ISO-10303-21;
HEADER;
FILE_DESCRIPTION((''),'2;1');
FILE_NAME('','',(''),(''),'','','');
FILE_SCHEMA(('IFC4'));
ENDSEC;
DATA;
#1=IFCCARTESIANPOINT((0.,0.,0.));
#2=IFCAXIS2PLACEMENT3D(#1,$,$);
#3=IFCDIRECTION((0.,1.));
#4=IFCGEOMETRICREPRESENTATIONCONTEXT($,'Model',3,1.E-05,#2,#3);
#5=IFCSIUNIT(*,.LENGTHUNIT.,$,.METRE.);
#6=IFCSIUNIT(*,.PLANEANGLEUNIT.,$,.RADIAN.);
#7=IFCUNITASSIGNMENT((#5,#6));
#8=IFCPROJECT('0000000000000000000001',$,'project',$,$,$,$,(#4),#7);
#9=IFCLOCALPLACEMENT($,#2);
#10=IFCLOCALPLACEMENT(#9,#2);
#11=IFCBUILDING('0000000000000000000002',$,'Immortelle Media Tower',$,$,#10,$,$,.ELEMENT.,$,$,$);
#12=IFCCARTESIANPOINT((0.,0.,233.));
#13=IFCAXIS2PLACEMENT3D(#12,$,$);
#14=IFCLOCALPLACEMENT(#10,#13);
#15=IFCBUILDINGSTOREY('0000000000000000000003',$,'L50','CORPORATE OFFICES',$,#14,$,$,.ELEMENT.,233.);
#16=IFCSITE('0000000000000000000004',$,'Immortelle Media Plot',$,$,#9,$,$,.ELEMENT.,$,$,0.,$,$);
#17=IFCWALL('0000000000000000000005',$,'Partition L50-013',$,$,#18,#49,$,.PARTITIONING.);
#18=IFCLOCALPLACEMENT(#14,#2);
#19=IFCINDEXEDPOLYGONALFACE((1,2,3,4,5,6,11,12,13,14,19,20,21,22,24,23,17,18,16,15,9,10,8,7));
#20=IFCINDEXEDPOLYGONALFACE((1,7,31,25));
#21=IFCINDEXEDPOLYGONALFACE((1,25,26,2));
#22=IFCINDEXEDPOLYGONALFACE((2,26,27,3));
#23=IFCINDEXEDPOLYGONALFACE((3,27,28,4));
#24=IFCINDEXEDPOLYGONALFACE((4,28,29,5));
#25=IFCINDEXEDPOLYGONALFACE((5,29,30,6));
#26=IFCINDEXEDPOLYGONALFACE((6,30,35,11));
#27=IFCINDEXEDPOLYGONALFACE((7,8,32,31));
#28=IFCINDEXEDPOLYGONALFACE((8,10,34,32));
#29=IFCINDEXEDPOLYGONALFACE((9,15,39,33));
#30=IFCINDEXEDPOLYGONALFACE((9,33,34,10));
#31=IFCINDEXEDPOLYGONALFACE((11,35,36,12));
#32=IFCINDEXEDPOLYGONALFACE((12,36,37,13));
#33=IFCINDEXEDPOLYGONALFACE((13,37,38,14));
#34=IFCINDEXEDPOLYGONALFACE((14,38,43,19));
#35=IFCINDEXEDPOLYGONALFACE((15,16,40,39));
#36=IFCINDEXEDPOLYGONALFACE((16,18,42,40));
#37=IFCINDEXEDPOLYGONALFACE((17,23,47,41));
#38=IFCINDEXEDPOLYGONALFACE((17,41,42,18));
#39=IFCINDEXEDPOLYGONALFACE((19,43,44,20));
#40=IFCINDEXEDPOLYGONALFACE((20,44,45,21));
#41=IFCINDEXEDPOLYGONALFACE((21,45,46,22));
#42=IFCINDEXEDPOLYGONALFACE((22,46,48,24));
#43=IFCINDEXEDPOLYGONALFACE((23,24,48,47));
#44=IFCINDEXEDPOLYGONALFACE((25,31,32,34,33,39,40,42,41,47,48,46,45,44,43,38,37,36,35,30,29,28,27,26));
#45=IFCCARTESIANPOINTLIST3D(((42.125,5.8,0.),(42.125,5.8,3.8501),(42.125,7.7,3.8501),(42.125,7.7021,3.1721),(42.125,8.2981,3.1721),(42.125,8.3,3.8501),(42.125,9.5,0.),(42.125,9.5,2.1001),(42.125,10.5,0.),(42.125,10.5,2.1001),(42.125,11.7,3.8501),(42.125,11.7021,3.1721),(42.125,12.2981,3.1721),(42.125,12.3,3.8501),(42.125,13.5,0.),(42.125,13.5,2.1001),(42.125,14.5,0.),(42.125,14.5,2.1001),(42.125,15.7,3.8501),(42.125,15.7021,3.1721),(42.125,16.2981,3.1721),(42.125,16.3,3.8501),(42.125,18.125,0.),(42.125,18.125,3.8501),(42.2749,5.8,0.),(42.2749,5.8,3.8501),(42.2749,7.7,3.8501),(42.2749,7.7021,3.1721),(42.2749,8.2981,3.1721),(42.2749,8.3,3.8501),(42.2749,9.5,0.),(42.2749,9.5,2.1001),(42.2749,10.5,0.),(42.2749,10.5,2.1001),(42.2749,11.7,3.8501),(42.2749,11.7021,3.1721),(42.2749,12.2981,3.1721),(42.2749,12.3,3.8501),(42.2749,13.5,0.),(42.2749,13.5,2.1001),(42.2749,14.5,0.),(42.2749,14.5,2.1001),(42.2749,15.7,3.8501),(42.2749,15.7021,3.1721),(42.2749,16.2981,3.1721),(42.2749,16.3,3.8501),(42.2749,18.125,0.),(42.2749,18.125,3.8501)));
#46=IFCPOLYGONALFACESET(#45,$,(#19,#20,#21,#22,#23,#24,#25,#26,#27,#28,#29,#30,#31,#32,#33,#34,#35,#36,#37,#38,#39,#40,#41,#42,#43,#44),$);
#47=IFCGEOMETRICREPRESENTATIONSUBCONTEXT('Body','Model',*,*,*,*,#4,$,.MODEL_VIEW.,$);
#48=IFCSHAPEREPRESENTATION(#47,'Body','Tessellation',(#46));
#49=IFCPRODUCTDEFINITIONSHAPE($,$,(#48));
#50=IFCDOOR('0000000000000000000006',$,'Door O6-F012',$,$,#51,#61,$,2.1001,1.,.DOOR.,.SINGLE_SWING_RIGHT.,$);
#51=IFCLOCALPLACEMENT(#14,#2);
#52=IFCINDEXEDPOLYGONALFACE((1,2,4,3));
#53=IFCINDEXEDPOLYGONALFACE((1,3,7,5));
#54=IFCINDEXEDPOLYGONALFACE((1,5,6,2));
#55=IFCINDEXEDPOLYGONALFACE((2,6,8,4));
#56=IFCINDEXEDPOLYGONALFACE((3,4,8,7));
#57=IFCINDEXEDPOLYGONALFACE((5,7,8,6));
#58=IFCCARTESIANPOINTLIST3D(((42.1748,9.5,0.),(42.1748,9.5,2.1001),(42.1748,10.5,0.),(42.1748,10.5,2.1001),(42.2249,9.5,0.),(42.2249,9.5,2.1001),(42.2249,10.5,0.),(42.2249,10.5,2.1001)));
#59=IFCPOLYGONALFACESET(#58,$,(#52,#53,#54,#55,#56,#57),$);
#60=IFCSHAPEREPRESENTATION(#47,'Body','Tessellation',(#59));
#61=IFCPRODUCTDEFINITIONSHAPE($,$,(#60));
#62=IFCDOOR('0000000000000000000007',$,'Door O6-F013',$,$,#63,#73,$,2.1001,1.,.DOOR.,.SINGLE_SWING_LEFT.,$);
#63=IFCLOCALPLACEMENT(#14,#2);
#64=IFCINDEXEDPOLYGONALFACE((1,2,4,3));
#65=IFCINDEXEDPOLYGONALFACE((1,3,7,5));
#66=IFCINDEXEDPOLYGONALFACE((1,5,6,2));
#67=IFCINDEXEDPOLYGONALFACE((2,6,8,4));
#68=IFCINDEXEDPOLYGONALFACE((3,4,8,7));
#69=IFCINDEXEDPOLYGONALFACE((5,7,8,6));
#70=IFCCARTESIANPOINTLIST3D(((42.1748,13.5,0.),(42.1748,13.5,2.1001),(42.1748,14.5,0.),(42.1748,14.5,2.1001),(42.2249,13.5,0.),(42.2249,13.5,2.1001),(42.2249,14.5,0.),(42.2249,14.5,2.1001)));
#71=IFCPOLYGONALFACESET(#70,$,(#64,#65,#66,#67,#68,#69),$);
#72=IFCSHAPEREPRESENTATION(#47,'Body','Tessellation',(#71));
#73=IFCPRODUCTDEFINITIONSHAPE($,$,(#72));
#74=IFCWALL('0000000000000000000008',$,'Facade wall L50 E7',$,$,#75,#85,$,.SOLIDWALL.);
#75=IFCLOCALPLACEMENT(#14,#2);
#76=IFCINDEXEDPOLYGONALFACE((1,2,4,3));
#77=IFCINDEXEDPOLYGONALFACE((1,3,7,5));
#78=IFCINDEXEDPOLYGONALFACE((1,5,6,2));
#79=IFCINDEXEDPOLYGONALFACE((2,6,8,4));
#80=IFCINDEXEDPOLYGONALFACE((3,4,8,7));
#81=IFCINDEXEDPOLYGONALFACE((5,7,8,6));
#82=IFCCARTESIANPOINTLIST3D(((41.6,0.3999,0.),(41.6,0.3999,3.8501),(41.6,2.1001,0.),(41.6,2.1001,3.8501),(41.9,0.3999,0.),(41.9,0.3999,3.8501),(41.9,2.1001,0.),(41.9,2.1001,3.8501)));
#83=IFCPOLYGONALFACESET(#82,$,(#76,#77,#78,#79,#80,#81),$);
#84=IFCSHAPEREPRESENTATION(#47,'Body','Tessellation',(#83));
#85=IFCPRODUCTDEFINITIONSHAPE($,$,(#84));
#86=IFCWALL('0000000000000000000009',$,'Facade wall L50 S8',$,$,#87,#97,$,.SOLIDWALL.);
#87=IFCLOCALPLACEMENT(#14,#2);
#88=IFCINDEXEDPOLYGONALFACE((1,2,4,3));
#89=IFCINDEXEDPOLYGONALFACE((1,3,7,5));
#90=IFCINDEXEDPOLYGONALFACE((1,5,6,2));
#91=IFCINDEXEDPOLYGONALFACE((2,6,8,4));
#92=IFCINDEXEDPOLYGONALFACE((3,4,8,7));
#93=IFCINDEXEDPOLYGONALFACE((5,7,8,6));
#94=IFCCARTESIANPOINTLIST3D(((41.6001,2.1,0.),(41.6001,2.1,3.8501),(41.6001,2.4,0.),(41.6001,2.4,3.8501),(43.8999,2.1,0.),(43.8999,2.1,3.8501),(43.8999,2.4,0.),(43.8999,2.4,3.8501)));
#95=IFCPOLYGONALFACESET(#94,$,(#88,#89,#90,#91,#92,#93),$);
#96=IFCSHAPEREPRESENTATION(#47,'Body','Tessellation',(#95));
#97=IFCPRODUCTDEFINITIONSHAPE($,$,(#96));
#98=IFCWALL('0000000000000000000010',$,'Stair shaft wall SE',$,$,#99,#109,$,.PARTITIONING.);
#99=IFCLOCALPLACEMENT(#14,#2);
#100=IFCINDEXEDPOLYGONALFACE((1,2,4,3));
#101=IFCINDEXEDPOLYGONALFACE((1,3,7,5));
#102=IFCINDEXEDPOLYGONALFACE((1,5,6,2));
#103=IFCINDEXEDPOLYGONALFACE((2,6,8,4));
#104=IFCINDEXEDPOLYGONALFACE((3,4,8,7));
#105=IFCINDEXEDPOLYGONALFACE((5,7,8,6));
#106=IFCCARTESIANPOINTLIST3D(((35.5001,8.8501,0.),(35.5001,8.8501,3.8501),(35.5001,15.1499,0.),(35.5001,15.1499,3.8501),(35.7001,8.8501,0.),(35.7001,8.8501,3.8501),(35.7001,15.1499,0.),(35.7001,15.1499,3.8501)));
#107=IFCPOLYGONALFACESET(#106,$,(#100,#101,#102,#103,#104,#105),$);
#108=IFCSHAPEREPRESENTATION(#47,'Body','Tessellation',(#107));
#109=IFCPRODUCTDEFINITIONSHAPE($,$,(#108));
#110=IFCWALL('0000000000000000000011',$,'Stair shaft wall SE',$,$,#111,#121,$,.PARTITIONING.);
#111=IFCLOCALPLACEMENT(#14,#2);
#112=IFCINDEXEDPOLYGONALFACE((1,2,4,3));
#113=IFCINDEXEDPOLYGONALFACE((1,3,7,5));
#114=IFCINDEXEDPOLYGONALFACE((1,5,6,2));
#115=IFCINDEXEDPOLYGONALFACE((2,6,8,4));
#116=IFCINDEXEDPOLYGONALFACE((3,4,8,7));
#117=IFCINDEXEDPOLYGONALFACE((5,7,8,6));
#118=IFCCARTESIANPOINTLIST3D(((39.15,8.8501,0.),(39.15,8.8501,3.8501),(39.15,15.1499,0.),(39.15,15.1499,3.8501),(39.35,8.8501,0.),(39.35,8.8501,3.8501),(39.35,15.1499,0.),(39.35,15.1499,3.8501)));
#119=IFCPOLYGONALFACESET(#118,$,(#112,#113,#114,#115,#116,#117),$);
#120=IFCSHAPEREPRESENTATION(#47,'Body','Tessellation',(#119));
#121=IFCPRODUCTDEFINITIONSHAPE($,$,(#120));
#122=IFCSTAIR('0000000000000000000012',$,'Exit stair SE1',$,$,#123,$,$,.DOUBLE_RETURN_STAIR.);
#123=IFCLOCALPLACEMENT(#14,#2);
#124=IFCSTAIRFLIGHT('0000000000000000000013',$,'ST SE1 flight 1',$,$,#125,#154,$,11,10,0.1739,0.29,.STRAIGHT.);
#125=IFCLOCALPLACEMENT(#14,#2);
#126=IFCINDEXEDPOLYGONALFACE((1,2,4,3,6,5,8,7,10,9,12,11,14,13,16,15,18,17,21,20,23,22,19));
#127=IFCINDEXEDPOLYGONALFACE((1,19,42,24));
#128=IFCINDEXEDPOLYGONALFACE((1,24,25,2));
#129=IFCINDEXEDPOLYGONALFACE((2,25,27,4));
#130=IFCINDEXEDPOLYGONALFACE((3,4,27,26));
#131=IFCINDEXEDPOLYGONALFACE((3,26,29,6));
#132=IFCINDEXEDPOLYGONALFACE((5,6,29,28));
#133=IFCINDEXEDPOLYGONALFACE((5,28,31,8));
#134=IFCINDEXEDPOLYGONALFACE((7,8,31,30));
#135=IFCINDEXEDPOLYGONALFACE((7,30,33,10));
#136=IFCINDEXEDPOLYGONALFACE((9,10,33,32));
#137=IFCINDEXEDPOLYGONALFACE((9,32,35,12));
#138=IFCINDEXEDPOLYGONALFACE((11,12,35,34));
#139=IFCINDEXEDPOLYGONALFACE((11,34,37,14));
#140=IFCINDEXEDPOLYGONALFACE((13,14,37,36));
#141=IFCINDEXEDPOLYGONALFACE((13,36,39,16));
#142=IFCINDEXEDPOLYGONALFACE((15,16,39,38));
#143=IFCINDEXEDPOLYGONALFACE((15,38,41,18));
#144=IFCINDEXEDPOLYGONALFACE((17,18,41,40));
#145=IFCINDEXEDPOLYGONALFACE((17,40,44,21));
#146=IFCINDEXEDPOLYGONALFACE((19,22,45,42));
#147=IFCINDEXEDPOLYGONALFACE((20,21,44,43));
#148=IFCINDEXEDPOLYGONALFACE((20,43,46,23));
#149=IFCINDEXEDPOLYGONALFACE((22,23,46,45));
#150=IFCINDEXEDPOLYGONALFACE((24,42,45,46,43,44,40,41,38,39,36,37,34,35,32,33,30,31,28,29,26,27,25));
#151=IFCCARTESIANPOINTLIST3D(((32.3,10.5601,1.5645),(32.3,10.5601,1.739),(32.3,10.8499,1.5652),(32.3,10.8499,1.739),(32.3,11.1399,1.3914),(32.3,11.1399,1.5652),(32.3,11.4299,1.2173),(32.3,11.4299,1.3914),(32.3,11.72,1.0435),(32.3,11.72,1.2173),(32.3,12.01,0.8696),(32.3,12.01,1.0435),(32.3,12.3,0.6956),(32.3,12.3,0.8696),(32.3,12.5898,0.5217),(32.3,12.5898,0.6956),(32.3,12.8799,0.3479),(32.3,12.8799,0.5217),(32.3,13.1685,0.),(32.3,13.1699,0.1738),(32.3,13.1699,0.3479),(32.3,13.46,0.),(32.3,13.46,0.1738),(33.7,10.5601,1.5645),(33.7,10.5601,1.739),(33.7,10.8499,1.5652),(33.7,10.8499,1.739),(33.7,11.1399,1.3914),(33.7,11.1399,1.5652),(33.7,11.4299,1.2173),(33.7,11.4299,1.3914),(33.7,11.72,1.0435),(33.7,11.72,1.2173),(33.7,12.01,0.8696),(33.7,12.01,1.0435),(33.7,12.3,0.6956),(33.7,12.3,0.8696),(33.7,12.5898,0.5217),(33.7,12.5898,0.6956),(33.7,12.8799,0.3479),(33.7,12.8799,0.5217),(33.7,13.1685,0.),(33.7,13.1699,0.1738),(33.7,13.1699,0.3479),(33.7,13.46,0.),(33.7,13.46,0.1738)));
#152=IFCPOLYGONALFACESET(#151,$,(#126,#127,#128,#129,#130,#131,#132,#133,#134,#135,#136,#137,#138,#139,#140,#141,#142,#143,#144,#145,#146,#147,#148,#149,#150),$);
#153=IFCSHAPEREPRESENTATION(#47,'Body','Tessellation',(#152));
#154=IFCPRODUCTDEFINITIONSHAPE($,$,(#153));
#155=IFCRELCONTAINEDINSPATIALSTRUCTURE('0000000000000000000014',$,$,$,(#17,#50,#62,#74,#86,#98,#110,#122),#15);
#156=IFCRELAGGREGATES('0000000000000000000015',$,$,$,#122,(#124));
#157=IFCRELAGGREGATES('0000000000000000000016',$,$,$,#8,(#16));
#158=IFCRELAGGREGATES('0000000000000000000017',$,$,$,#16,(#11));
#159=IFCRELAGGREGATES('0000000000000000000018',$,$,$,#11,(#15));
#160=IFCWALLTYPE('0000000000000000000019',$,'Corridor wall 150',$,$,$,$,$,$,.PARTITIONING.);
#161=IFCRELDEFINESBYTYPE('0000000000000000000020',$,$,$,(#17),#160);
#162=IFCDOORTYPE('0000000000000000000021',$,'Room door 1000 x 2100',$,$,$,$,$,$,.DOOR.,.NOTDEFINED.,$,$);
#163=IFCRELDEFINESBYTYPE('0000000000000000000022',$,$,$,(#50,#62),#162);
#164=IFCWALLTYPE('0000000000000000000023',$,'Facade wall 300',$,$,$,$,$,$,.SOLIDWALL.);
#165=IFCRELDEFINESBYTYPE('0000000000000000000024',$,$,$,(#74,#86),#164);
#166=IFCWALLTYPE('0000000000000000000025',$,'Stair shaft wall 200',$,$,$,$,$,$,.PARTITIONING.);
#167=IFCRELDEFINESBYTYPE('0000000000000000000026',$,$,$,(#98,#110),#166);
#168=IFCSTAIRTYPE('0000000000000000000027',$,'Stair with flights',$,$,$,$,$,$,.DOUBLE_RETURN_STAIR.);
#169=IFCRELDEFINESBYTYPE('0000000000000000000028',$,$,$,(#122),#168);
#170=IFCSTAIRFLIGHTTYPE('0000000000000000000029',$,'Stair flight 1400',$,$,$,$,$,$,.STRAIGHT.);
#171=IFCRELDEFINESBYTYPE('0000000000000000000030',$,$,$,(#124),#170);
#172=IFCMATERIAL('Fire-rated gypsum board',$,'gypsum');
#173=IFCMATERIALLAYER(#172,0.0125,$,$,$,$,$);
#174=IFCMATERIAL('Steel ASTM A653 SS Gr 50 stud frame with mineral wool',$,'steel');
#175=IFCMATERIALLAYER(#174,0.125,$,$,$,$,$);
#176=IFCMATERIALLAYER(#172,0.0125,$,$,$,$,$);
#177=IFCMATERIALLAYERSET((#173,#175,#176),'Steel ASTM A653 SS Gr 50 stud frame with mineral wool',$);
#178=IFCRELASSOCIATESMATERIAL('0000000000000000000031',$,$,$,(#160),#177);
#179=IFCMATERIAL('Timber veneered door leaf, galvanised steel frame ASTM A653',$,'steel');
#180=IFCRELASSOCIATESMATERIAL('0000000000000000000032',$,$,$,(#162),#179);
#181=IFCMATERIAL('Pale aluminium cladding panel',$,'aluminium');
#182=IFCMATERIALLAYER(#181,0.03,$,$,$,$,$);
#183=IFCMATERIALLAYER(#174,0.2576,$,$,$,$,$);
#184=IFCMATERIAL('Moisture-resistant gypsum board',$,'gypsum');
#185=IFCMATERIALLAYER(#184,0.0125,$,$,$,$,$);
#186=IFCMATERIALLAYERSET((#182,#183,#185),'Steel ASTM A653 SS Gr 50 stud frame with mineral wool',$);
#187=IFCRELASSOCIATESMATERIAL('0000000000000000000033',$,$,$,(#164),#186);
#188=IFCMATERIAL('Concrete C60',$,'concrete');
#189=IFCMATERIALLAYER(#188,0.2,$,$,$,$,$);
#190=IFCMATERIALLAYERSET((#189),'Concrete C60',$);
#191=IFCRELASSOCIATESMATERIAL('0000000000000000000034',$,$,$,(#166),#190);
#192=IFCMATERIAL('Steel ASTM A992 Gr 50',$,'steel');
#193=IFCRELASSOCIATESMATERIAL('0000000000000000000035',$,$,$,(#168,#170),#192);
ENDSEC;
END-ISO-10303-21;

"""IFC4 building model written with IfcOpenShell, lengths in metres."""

from ifc_helpers import new_model, si_unit, direction, frame, frame_2d, origin, place, context, subcontext, project, spatial, polyline, rectangle, outline, extrude, material, layer, layer_set, type_object, element, fill, aggregate, save


model = new_model("IFC4")

# Units and contexts
model_context = context("Model", 3, precision=1e-05, world=origin(), true_north=direction((0.0, 1.0)))
body_context = subcontext(model_context, "Body", "Model", "MODEL_VIEW")
ifc_project = project(units=[si_unit("LENGTHUNIT", "METRE"), si_unit("PLANEANGLEUNIT", "RADIAN")], contexts=[model_context])

# Site, building, storey
site_placement = place(None, origin())
site = spatial("IfcSite", under=ifc_project, at=site_placement, Name="Immortelle Media Plot", CompositionType="ELEMENT", RefElevation=0.0)
building_placement = place(site_placement, origin())
building = spatial("IfcBuilding", under=site, at=building_placement, Name="Immortelle Media Tower", CompositionType="ELEMENT")
storey_placement = place(building_placement, frame((0.0, 0.0, 233.0)))
storey = spatial("IfcBuildingStorey", under=building, at=storey_placement, Name="L50", Description="CORPORATE OFFICES", CompositionType="ELEMENT", Elevation=233.0)

# Shared definitions
ifc_material_1 = material(Name="Steel ASTM A992 Gr 50", Category="steel")

# Wall, openings, doors
ifc_material_2 = material(Name="Fire-rated gypsum board", Category="gypsum")
ifc_layer_1 = layer(ifc_material_2, 0.0125)
ifc_material_3 = material(Name="Steel ASTM A653 SS Gr 50 stud frame with mineral wool", Category="steel")
ifc_layer_2 = layer(ifc_material_3, 0.125)
ifc_layer_3 = layer(ifc_material_2, 0.0125)
ifc_layer_set_1 = layer_set([ifc_layer_1, ifc_layer_2, ifc_layer_3], Name="Steel ASTM A653 SS Gr 50 stud frame with mineral wool")
wall_type_1 = type_object("IfcWallType", Name="Corridor wall 150", PredefinedType="PARTITIONING", material=ifc_layer_set_1)
wall_1_placement = place(storey_placement, frame((42.2, 5.8, 0.0), z_axis=(0.0, 0.0, 1.0), x_axis=(0.0, 1.0, 0.0)))
wall_1 = element("IfcWall", 1, at=wall_1_placement, inside=storey, type_object=wall_type_1, Name="Partition L50-013", PredefinedType="PARTITIONING", context=body_context, shape_type="SweptSolid", body=[
    extrude(outline(polyline([(0.0, 0.0), (12.325, 0.0), (12.325, 3.8501), (10.5, 3.8501), (10.498, 3.1721), (9.9021, 3.1721), (9.8999, 3.8501), (6.5, 3.8501), (6.498, 3.1721), (5.9021, 3.1721), (5.8999, 3.8501), (2.5, 3.8501), (2.498, 3.1721), (1.9021, 3.1721), (1.8999, 3.8501), (0.0, 3.8501), (0.0, 0.0)])), frame((0.0, 0.075, 0.0), z_axis=(0.0, -1.0, 0.0), x_axis=(1.0, 0.0, 0.0)), (0.0, 0.0, 1.0), 0.1499),
])
opening_1_placement = place(wall_1_placement, frame((4.7, 0.0, 0.0), z_axis=(0.0, 0.0, 1.0), x_axis=(-1.0, 0.0, 0.0)))
opening_1 = element("IfcOpeningElement", 2, at=opening_1_placement, cuts=wall_1, PredefinedType="OPENING", context=body_context, shape_type="SweptSolid", body=[
    extrude(rectangle(XDim=1.0, YDim=2.1001, at=frame_2d((0.5, 1.05))), frame((0.0, 0.085, 0.0), z_axis=(0.0, -1.0, 0.0), x_axis=(1.0, 0.0, 0.0)), (0.0, 0.0, 1.0), 0.1699),
])
opening_2_placement = place(wall_1_placement, frame((8.7, 0.0, 0.0), z_axis=(0.0, 0.0, 1.0), x_axis=(-1.0, 0.0, 0.0)))
opening_2 = element("IfcOpeningElement", 3, at=opening_2_placement, cuts=wall_1, PredefinedType="OPENING", context=body_context, shape_type="SweptSolid", body=[
    extrude(rectangle(XDim=1.0, YDim=2.1001, at=frame_2d((0.5, 1.05))), frame((0.0, 0.085, 0.0), z_axis=(0.0, -1.0, 0.0), x_axis=(1.0, 0.0, 0.0)), (0.0, 0.0, 1.0), 0.1699),
])
ifc_material_4 = material(Name="Timber veneered door leaf, galvanised steel frame ASTM A653", Category="steel")
door_type = type_object("IfcDoorType", Name="Room door 1000 x 2100", OperationType="NOTDEFINED", PredefinedType="DOOR", material=ifc_material_4)
door_1_placement = place(opening_1_placement, origin())
door_1 = element("IfcDoor", 4, at=door_1_placement, inside=storey, type_object=door_type, Name="Door O6-F012", OperationType="SINGLE_SWING_RIGHT", OverallHeight=2.1001, OverallWidth=1.0, PredefinedType="DOOR", context=body_context, shape_type="SweptSolid", body=[
    extrude(rectangle(XDim=1.0, YDim=2.1001, at=frame_2d((0.5, 1.05))), frame((0.0, 0.0249, 0.0), z_axis=(0.0, -1.0, 0.0), x_axis=(1.0, 0.0, 0.0)), (0.0, 0.0, 1.0), 0.05),
])
fill(opening_1, door_1)
door_2_placement = place(opening_2_placement, origin())
door_2 = element("IfcDoor", 5, at=door_2_placement, inside=storey, type_object=door_type, Name="Door O6-F013", OperationType="SINGLE_SWING_LEFT", OverallHeight=2.1001, OverallWidth=1.0, PredefinedType="DOOR", context=body_context, shape_type="SweptSolid", body=[
    extrude(rectangle(XDim=1.0, YDim=2.1001, at=frame_2d((0.5, 1.05))), frame((0.0, 0.0249, 0.0), z_axis=(0.0, -1.0, 0.0), x_axis=(1.0, 0.0, 0.0)), (0.0, 0.0, 1.0), 0.05),
])
fill(opening_2, door_2)

# Walls
ifc_material_5 = material(Name="Pale aluminium cladding panel", Category="aluminium")
ifc_layer_4 = layer(ifc_material_5, 0.03)
ifc_layer_5 = layer(ifc_material_3, 0.2576)
ifc_material_6 = material(Name="Moisture-resistant gypsum board", Category="gypsum")
ifc_layer_6 = layer(ifc_material_6, 0.0125)
ifc_layer_set_2 = layer_set([ifc_layer_4, ifc_layer_5, ifc_layer_6], Name="Steel ASTM A653 SS Gr 50 stud frame with mineral wool")
wall_type_2 = type_object("IfcWallType", Name="Facade wall 300", PredefinedType="SOLIDWALL", material=ifc_layer_set_2)
wall_2_placement = place(storey_placement, frame((41.75, 0.3999, 0.0), z_axis=(0.0, 0.0, 1.0), x_axis=(0.0, 1.0, 0.0)))
element("IfcWall", 6, at=wall_2_placement, inside=storey, type_object=wall_type_2, Name="Facade wall L50 E7", PredefinedType="SOLIDWALL", context=body_context, shape_type="SweptSolid", body=[
    extrude(rectangle(XDim=1.7002, YDim=0.3, at=frame_2d((0.8501, 0.0))), origin(), (0.0, 0.0, 1.0), 3.8501),
])
wall_3_placement = place(storey_placement, frame((41.6001, 2.25, 0.0), z_axis=(0.0, 0.0, 1.0), x_axis=(1.0, 0.0, 0.0)))
element("IfcWall", 7, at=wall_3_placement, inside=storey, type_object=wall_type_2, Name="Facade wall L50 S8", PredefinedType="SOLIDWALL", context=body_context, shape_type="SweptSolid", body=[
    extrude(rectangle(XDim=2.2998, YDim=0.3, at=frame_2d((1.1499, 0.0))), origin(), (0.0, 0.0, 1.0), 3.8501),
])
ifc_material_7 = material(Name="Concrete C60", Category="concrete")
ifc_layer_7 = layer(ifc_material_7, 0.2)
ifc_layer_set_3 = layer_set([ifc_layer_7], Name="Concrete C60")
wall_type_3 = type_object("IfcWallType", Name="Stair shaft wall 200", PredefinedType="PARTITIONING", material=ifc_layer_set_3)
for number, where, z_axis, x_axis, name in (
    (8, (35.6001, 8.8501, 0.0), (0.0, 0.0, 1.0), (0.0, 1.0, 0.0), "Stair shaft wall SE"),
    (9, (39.25, 8.8501, 0.0), (0.0, 0.0, 1.0), (0.0, 1.0, 0.0), "Stair shaft wall SE"),
):
    element("IfcWall", number, at=place(storey_placement, frame(where, z_axis=z_axis, x_axis=x_axis)), inside=storey, type_object=wall_type_3, Name=name, PredefinedType="PARTITIONING", context=body_context, shape_type="SweptSolid", body=[
        extrude(rectangle(XDim=6.2998, YDim=0.2, at=frame_2d((3.1499, 0.0))), origin(), (0.0, 0.0, 1.0), 3.8501),
    ])

# Stair, stair flight
stair_type = type_object("IfcStairType", Name="Stair with flights", PredefinedType="DOUBLE_RETURN_STAIR", material=ifc_material_1)
stair_1_placement = place(storey_placement, origin())
stair_1 = element("IfcStair", 10, at=stair_1_placement, inside=storey, type_object=stair_type, Name="Exit stair SE1", PredefinedType="DOUBLE_RETURN_STAIR")
stair_flight_type = type_object("IfcStairFlightType", Name="Stair flight 1400", PredefinedType="STRAIGHT", material=ifc_material_1)
stair_flight_1_placement = place(storey_placement, frame((33.0, 13.46, 0.0), z_axis=(0.0, 0.0, 1.0), x_axis=(0.0, -1.0, 0.0)))
stair_flight_1 = element("IfcStairFlight", 11, at=stair_flight_1_placement, type_object=stair_flight_type, Name="ST SE1 flight 1", NumberOfRisers=11, NumberOfTreads=10, PredefinedType="STRAIGHT", RiserHeight=0.1739, TreadLength=0.29, context=body_context, shape_type="SweptSolid", body=[
    extrude(outline(polyline([(0.0, 0.0), (0.0, 0.1738), (0.29, 0.1738), (0.29, 0.3479), (0.5801, 0.3479), (0.5801, 0.5217), (0.8701, 0.5217), (0.8701, 0.6956), (1.1599, 0.6956), (1.1599, 0.8696), (1.45, 0.8696), (1.45, 1.0435), (1.74, 1.0435), (1.74, 1.2173), (2.03, 1.2173), (2.03, 1.3914), (2.3201, 1.3914), (2.3201, 1.5652), (2.6101, 1.5652), (2.6101, 1.739), (2.8999, 1.739), (2.8999, 1.9131), (2.8999, 1.5645), (0.2915, 0.0), (0.0, 0.0)])), frame((0.0, 0.7, 0.0), z_axis=(0.0, -1.0, 0.0), x_axis=(1.0, 0.0, 0.0)), (0.0, 0.0, 1.0), 1.3999),
])
aggregate(stair_1, [stair_flight_1])

save(model, "model.ifc")
